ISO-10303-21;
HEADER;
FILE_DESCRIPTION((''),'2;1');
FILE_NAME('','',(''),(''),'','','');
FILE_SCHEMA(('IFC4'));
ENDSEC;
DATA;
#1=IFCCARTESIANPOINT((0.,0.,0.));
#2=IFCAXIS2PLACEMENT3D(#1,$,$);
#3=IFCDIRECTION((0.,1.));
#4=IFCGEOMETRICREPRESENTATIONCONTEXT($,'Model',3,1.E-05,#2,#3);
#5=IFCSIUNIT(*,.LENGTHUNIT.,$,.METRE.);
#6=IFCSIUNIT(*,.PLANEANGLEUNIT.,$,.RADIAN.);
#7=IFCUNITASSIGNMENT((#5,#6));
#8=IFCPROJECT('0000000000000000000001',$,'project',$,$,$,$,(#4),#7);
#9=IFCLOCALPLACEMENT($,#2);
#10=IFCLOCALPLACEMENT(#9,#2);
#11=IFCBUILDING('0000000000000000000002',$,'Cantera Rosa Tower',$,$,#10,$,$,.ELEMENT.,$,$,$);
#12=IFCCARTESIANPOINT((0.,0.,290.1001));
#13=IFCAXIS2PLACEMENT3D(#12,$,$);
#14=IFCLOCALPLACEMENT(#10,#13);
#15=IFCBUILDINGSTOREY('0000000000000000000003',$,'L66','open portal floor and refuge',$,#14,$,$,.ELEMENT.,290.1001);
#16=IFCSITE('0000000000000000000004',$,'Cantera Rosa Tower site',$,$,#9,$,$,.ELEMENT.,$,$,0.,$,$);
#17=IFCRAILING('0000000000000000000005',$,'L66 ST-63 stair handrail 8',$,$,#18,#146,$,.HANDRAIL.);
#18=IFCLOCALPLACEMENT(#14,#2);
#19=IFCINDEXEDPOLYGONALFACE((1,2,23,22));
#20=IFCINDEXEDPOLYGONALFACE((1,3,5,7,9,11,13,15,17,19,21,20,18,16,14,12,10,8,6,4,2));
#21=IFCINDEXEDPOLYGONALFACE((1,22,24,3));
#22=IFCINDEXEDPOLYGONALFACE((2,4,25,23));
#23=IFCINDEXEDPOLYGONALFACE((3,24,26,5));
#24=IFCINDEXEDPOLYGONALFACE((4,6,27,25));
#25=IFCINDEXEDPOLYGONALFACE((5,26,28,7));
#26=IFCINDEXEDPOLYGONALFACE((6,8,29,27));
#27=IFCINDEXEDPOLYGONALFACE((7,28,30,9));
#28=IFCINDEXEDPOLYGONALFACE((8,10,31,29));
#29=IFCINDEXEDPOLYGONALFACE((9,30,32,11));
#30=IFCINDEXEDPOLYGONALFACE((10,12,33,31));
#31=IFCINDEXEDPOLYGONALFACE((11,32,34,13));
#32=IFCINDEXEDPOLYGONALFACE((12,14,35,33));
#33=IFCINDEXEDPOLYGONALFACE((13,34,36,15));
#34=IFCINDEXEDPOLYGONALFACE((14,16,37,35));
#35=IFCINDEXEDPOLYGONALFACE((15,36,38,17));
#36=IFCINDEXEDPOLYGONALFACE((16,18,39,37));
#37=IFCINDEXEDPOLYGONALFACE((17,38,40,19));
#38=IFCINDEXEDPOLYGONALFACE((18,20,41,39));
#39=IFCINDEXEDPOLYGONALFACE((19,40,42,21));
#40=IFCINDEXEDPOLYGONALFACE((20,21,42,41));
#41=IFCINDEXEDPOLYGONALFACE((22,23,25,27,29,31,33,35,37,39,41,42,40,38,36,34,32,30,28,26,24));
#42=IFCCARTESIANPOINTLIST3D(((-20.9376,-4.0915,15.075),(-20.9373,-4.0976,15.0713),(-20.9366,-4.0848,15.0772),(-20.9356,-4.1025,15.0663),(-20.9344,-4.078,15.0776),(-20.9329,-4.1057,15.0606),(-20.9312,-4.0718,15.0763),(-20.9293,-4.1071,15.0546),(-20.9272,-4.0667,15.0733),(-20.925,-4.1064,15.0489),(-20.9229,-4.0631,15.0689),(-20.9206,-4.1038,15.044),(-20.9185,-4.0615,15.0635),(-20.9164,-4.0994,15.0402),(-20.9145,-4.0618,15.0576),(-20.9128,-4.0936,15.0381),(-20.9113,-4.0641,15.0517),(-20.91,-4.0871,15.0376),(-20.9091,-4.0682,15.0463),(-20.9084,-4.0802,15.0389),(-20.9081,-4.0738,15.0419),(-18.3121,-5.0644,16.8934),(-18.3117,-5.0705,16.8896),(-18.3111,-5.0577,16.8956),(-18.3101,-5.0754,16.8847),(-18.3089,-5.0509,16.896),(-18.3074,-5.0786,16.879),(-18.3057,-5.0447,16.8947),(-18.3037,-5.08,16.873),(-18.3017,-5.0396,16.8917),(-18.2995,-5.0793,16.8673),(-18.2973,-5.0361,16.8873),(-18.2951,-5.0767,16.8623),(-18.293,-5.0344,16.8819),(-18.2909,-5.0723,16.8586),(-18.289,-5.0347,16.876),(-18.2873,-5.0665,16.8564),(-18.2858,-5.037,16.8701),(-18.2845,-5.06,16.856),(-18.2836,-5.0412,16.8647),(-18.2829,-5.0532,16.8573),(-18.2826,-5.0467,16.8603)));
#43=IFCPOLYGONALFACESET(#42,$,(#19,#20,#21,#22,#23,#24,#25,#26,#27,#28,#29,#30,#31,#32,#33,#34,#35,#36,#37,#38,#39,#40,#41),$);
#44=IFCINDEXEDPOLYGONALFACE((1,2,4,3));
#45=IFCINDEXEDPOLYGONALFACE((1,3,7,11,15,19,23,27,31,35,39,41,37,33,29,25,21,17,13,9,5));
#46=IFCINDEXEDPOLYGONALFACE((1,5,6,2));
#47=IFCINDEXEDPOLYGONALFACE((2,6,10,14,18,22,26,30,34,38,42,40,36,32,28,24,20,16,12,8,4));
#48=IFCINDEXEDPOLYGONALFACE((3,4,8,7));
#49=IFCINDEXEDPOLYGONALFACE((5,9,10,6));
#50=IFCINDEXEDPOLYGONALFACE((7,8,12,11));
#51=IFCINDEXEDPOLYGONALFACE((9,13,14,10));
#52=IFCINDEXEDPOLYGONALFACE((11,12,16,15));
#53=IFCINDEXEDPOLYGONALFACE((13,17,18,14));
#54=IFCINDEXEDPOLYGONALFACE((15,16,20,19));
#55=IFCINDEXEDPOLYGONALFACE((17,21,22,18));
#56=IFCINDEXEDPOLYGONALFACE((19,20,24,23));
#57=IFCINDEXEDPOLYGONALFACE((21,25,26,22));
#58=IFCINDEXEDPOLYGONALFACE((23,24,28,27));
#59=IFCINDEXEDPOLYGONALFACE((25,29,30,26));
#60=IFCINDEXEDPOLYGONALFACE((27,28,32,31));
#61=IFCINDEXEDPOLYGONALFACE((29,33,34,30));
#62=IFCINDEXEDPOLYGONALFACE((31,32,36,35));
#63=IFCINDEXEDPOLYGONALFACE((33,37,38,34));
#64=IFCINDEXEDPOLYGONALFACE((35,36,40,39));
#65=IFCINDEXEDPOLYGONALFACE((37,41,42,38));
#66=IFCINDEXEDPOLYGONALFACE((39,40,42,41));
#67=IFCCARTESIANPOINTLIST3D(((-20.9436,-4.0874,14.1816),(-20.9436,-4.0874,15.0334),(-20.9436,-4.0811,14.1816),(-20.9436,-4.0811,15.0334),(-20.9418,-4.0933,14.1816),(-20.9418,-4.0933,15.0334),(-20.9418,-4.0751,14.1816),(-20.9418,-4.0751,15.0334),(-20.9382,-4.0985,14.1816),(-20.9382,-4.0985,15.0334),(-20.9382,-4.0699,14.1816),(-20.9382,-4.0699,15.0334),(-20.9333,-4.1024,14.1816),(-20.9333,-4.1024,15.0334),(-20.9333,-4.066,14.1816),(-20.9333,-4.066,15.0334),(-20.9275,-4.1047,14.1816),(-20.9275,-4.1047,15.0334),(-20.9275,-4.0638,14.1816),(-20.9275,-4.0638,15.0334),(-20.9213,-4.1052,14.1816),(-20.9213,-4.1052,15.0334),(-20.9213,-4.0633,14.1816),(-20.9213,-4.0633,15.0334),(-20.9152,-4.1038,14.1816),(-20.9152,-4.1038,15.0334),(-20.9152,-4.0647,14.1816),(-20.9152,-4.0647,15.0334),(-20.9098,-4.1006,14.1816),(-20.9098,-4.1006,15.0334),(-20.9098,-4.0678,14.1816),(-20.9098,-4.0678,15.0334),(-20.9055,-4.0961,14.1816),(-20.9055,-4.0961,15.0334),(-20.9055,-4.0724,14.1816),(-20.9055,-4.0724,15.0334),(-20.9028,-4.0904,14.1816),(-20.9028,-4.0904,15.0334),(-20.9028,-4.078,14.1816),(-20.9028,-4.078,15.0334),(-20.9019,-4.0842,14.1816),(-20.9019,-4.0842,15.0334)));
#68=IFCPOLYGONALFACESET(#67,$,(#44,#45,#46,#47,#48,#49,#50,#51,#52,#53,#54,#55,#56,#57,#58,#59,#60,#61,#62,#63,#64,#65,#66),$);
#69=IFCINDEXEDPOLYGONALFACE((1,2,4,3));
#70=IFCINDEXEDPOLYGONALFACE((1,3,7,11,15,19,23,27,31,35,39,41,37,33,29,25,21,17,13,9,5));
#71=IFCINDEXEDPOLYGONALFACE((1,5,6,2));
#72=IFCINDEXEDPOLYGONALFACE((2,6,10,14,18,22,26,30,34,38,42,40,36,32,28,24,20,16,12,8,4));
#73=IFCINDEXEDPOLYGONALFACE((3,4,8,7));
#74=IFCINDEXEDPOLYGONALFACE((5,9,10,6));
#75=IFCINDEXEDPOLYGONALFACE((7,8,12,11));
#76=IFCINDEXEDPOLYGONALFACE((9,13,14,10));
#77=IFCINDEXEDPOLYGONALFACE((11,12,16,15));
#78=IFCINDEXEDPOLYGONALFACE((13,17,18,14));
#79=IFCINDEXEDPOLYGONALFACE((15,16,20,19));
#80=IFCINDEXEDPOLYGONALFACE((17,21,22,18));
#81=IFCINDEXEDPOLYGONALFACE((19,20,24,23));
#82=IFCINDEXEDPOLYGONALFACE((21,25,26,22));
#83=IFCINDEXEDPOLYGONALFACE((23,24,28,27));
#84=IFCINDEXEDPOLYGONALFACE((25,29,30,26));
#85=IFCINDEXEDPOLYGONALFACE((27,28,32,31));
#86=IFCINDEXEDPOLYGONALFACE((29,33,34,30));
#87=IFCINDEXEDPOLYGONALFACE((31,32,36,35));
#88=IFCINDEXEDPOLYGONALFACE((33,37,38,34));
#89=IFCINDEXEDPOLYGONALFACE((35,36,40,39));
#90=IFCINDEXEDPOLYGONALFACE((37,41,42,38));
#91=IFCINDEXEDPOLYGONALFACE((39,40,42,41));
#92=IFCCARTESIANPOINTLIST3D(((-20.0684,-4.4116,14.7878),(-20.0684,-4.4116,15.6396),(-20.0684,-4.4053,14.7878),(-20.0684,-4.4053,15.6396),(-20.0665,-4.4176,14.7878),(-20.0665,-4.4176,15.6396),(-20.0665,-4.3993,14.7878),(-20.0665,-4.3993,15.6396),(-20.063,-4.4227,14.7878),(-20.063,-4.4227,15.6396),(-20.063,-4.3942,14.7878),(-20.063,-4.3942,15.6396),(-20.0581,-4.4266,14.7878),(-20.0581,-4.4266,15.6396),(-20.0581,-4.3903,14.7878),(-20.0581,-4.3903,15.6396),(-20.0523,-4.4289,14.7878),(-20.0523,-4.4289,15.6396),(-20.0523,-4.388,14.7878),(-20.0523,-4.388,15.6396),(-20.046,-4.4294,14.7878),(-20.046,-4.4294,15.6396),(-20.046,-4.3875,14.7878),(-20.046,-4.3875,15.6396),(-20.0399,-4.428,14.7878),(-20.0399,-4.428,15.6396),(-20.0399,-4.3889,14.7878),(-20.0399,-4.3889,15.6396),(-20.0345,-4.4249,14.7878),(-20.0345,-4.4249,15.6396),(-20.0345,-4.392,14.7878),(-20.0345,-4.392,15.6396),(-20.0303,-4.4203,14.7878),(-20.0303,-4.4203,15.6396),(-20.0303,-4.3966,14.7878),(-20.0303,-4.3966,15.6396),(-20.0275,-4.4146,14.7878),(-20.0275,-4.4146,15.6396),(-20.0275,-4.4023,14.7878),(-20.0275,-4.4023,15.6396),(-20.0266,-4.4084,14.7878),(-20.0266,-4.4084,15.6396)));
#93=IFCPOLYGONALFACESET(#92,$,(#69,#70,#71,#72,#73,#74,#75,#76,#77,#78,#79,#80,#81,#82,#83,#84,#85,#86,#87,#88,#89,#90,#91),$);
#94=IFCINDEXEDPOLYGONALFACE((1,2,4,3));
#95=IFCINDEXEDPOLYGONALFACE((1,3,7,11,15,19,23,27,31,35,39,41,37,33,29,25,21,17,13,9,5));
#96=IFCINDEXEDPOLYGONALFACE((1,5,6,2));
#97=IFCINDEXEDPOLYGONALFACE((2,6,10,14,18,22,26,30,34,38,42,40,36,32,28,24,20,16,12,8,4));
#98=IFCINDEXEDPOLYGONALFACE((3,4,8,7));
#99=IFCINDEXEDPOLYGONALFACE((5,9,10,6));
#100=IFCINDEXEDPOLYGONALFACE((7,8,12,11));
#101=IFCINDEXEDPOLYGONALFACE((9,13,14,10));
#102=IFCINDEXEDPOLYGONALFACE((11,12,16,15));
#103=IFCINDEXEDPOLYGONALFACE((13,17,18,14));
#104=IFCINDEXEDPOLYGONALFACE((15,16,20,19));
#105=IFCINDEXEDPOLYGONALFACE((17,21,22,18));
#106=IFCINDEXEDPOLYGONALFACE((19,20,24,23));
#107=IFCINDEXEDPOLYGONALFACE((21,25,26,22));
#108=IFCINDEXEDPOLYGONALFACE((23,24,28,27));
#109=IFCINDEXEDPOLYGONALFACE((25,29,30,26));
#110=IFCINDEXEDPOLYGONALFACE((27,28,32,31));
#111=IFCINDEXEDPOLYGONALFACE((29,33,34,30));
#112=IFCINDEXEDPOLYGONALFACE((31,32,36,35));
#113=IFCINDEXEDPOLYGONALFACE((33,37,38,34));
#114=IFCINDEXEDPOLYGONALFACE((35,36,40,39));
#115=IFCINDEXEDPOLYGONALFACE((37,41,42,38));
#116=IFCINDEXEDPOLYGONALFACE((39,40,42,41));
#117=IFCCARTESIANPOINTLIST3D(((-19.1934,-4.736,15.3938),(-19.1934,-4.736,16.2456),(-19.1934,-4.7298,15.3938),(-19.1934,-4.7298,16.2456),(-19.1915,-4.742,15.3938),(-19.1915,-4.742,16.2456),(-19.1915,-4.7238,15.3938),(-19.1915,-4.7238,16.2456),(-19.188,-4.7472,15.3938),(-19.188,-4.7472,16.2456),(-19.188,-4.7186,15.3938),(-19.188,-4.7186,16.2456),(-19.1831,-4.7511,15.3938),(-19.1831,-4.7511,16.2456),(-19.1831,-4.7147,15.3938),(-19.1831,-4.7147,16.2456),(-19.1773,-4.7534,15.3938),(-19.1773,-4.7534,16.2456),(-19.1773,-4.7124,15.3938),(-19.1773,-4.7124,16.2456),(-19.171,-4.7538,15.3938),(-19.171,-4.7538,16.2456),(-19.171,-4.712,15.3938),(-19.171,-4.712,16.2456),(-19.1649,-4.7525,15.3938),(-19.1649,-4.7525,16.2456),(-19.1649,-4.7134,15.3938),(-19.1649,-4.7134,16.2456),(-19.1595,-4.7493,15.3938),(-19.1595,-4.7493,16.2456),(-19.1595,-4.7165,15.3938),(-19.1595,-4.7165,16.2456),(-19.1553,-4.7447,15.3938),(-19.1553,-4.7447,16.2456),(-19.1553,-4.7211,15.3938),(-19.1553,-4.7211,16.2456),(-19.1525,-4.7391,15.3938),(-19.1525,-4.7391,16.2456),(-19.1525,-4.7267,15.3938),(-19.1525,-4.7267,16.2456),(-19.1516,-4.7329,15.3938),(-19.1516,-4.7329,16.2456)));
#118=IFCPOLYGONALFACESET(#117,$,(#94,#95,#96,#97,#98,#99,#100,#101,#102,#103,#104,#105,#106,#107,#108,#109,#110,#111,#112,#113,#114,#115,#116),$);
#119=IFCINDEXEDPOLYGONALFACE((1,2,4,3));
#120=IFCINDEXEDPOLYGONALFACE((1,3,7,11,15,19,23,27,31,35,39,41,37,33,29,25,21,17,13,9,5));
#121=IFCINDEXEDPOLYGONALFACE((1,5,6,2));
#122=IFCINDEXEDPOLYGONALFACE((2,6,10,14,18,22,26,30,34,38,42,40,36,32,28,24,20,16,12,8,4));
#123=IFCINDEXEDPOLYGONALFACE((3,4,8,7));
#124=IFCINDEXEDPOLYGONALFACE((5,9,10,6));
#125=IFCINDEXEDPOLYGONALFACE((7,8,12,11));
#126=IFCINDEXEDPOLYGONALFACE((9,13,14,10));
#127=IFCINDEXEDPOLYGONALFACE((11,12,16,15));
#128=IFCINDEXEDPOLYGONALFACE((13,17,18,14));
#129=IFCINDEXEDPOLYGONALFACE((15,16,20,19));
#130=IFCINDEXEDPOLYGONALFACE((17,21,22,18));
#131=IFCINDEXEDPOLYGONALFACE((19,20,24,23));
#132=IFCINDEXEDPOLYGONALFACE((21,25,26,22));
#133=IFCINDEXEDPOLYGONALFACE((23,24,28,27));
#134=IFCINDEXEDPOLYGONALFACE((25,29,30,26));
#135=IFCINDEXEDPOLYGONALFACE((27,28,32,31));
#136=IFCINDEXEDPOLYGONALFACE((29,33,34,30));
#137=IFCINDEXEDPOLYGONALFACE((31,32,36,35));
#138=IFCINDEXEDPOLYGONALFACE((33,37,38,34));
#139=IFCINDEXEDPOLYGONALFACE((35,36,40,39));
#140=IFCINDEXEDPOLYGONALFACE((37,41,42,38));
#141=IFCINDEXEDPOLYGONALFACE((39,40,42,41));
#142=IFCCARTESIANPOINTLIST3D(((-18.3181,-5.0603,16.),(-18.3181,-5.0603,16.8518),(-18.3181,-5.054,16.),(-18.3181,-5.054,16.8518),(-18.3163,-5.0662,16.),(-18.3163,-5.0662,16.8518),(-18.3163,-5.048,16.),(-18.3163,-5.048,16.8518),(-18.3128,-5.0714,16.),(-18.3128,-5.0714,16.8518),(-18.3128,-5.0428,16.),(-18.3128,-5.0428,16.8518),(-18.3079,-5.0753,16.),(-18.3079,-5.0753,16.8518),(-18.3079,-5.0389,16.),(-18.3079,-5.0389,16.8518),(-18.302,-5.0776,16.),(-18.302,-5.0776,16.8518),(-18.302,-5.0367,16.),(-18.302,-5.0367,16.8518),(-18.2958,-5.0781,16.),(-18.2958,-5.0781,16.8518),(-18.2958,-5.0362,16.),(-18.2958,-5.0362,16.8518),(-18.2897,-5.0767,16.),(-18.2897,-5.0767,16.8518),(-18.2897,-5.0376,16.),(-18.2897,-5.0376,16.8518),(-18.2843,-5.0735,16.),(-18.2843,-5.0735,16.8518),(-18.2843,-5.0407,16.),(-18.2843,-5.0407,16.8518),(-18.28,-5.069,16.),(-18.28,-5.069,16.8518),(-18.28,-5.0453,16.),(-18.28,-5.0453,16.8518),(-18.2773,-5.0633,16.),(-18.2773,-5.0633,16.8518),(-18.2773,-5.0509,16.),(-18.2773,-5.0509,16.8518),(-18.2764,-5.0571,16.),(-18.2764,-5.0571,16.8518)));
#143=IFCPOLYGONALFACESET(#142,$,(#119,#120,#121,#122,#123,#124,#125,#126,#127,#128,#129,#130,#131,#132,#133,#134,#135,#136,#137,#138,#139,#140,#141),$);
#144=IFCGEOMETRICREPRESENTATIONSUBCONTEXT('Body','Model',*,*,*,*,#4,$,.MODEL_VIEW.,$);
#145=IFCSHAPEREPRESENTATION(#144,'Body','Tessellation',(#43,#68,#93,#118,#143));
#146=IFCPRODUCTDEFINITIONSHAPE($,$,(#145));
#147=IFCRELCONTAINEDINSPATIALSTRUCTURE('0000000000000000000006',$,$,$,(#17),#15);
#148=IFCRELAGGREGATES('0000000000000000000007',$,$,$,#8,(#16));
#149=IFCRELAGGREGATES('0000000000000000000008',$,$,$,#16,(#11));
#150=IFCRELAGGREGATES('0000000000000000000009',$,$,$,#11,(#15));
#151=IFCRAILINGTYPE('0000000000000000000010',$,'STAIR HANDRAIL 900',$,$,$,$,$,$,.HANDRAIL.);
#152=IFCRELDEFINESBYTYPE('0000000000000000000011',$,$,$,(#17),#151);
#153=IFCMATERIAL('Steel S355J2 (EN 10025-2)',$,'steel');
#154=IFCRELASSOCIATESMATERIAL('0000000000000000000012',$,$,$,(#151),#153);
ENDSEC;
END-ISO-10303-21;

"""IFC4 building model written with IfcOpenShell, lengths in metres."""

from ifc_helpers import new_model, si_unit, direction, frame, origin, origin_2d, place, context, subcontext, project, spatial, circle, extrude, material, type_object, element, save


model = new_model("IFC4")

# Units and contexts
model_context = context("Model", 3, precision=1e-05, world=origin(), true_north=direction((0.0, 1.0)))
body_context = subcontext(model_context, "Body", "Model", "MODEL_VIEW")
ifc_project = project(units=[si_unit("LENGTHUNIT", "METRE"), si_unit("PLANEANGLEUNIT", "RADIAN")], contexts=[model_context])

# Site, building, storey
site_placement = place(None, origin())
site = spatial("IfcSite", under=ifc_project, at=site_placement, Name="Cantera Rosa Tower site", CompositionType="ELEMENT", RefElevation=0.0)
building_placement = place(site_placement, origin())
building = spatial("IfcBuilding", under=site, at=building_placement, Name="Cantera Rosa Tower", CompositionType="ELEMENT")
storey_placement = place(building_placement, frame((0.0, 0.0, 290.1001)))
storey = spatial("IfcBuildingStorey", under=building, at=storey_placement, Name="L66", Description="open portal floor and refuge", CompositionType="ELEMENT", Elevation=290.1001)

# Railing
ifc_material_1 = material(Name="Steel S355J2 (EN 10025-2)", Category="steel")
railing_type_1 = type_object("IfcRailingType", Name="STAIR HANDRAIL 900", PredefinedType="HANDRAIL", material=ifc_material_1)
for number, where, name in (
    (1, (-20.9229, -4.0842, 14.1816), "L66 ST-63 stair handrail 8"),
):
    element("IfcRailing", number, at=place(storey_placement, frame(where)), inside=storey, type_object=railing_type_1, Name=name, PredefinedType="HANDRAIL", context=body_context, shape_type="SweptSolid", body=[
        extrude(circle(Radius=0.0239, at=origin_2d()), frame((0.0, 0.0, 0.876), z_axis=(0.786407, -0.291411, 0.54465), x_axis=(0.347471, 0.937691, 0.0)), (0.0, 0.0, 1.0), 3.3386),
        extrude(circle(Radius=0.021, at=origin_2d()), origin(), (0.0, 0.0, 1.0), 0.8518),
        extrude(circle(Radius=0.021, at=origin_2d()), frame((0.8752, -0.3242, 0.6062)), (0.0, 0.0, 1.0), 0.8518),
        extrude(circle(Radius=0.021, at=origin_2d()), frame((1.7502, -0.6487, 1.2122)), (0.0, 0.0, 1.0), 0.8518),
        extrude(circle(Radius=0.021, at=origin_2d()), frame((2.6255, -0.9729, 1.8184)), (0.0, 0.0, 1.0), 0.8518),
    ])

save(model, "model.ifc")
